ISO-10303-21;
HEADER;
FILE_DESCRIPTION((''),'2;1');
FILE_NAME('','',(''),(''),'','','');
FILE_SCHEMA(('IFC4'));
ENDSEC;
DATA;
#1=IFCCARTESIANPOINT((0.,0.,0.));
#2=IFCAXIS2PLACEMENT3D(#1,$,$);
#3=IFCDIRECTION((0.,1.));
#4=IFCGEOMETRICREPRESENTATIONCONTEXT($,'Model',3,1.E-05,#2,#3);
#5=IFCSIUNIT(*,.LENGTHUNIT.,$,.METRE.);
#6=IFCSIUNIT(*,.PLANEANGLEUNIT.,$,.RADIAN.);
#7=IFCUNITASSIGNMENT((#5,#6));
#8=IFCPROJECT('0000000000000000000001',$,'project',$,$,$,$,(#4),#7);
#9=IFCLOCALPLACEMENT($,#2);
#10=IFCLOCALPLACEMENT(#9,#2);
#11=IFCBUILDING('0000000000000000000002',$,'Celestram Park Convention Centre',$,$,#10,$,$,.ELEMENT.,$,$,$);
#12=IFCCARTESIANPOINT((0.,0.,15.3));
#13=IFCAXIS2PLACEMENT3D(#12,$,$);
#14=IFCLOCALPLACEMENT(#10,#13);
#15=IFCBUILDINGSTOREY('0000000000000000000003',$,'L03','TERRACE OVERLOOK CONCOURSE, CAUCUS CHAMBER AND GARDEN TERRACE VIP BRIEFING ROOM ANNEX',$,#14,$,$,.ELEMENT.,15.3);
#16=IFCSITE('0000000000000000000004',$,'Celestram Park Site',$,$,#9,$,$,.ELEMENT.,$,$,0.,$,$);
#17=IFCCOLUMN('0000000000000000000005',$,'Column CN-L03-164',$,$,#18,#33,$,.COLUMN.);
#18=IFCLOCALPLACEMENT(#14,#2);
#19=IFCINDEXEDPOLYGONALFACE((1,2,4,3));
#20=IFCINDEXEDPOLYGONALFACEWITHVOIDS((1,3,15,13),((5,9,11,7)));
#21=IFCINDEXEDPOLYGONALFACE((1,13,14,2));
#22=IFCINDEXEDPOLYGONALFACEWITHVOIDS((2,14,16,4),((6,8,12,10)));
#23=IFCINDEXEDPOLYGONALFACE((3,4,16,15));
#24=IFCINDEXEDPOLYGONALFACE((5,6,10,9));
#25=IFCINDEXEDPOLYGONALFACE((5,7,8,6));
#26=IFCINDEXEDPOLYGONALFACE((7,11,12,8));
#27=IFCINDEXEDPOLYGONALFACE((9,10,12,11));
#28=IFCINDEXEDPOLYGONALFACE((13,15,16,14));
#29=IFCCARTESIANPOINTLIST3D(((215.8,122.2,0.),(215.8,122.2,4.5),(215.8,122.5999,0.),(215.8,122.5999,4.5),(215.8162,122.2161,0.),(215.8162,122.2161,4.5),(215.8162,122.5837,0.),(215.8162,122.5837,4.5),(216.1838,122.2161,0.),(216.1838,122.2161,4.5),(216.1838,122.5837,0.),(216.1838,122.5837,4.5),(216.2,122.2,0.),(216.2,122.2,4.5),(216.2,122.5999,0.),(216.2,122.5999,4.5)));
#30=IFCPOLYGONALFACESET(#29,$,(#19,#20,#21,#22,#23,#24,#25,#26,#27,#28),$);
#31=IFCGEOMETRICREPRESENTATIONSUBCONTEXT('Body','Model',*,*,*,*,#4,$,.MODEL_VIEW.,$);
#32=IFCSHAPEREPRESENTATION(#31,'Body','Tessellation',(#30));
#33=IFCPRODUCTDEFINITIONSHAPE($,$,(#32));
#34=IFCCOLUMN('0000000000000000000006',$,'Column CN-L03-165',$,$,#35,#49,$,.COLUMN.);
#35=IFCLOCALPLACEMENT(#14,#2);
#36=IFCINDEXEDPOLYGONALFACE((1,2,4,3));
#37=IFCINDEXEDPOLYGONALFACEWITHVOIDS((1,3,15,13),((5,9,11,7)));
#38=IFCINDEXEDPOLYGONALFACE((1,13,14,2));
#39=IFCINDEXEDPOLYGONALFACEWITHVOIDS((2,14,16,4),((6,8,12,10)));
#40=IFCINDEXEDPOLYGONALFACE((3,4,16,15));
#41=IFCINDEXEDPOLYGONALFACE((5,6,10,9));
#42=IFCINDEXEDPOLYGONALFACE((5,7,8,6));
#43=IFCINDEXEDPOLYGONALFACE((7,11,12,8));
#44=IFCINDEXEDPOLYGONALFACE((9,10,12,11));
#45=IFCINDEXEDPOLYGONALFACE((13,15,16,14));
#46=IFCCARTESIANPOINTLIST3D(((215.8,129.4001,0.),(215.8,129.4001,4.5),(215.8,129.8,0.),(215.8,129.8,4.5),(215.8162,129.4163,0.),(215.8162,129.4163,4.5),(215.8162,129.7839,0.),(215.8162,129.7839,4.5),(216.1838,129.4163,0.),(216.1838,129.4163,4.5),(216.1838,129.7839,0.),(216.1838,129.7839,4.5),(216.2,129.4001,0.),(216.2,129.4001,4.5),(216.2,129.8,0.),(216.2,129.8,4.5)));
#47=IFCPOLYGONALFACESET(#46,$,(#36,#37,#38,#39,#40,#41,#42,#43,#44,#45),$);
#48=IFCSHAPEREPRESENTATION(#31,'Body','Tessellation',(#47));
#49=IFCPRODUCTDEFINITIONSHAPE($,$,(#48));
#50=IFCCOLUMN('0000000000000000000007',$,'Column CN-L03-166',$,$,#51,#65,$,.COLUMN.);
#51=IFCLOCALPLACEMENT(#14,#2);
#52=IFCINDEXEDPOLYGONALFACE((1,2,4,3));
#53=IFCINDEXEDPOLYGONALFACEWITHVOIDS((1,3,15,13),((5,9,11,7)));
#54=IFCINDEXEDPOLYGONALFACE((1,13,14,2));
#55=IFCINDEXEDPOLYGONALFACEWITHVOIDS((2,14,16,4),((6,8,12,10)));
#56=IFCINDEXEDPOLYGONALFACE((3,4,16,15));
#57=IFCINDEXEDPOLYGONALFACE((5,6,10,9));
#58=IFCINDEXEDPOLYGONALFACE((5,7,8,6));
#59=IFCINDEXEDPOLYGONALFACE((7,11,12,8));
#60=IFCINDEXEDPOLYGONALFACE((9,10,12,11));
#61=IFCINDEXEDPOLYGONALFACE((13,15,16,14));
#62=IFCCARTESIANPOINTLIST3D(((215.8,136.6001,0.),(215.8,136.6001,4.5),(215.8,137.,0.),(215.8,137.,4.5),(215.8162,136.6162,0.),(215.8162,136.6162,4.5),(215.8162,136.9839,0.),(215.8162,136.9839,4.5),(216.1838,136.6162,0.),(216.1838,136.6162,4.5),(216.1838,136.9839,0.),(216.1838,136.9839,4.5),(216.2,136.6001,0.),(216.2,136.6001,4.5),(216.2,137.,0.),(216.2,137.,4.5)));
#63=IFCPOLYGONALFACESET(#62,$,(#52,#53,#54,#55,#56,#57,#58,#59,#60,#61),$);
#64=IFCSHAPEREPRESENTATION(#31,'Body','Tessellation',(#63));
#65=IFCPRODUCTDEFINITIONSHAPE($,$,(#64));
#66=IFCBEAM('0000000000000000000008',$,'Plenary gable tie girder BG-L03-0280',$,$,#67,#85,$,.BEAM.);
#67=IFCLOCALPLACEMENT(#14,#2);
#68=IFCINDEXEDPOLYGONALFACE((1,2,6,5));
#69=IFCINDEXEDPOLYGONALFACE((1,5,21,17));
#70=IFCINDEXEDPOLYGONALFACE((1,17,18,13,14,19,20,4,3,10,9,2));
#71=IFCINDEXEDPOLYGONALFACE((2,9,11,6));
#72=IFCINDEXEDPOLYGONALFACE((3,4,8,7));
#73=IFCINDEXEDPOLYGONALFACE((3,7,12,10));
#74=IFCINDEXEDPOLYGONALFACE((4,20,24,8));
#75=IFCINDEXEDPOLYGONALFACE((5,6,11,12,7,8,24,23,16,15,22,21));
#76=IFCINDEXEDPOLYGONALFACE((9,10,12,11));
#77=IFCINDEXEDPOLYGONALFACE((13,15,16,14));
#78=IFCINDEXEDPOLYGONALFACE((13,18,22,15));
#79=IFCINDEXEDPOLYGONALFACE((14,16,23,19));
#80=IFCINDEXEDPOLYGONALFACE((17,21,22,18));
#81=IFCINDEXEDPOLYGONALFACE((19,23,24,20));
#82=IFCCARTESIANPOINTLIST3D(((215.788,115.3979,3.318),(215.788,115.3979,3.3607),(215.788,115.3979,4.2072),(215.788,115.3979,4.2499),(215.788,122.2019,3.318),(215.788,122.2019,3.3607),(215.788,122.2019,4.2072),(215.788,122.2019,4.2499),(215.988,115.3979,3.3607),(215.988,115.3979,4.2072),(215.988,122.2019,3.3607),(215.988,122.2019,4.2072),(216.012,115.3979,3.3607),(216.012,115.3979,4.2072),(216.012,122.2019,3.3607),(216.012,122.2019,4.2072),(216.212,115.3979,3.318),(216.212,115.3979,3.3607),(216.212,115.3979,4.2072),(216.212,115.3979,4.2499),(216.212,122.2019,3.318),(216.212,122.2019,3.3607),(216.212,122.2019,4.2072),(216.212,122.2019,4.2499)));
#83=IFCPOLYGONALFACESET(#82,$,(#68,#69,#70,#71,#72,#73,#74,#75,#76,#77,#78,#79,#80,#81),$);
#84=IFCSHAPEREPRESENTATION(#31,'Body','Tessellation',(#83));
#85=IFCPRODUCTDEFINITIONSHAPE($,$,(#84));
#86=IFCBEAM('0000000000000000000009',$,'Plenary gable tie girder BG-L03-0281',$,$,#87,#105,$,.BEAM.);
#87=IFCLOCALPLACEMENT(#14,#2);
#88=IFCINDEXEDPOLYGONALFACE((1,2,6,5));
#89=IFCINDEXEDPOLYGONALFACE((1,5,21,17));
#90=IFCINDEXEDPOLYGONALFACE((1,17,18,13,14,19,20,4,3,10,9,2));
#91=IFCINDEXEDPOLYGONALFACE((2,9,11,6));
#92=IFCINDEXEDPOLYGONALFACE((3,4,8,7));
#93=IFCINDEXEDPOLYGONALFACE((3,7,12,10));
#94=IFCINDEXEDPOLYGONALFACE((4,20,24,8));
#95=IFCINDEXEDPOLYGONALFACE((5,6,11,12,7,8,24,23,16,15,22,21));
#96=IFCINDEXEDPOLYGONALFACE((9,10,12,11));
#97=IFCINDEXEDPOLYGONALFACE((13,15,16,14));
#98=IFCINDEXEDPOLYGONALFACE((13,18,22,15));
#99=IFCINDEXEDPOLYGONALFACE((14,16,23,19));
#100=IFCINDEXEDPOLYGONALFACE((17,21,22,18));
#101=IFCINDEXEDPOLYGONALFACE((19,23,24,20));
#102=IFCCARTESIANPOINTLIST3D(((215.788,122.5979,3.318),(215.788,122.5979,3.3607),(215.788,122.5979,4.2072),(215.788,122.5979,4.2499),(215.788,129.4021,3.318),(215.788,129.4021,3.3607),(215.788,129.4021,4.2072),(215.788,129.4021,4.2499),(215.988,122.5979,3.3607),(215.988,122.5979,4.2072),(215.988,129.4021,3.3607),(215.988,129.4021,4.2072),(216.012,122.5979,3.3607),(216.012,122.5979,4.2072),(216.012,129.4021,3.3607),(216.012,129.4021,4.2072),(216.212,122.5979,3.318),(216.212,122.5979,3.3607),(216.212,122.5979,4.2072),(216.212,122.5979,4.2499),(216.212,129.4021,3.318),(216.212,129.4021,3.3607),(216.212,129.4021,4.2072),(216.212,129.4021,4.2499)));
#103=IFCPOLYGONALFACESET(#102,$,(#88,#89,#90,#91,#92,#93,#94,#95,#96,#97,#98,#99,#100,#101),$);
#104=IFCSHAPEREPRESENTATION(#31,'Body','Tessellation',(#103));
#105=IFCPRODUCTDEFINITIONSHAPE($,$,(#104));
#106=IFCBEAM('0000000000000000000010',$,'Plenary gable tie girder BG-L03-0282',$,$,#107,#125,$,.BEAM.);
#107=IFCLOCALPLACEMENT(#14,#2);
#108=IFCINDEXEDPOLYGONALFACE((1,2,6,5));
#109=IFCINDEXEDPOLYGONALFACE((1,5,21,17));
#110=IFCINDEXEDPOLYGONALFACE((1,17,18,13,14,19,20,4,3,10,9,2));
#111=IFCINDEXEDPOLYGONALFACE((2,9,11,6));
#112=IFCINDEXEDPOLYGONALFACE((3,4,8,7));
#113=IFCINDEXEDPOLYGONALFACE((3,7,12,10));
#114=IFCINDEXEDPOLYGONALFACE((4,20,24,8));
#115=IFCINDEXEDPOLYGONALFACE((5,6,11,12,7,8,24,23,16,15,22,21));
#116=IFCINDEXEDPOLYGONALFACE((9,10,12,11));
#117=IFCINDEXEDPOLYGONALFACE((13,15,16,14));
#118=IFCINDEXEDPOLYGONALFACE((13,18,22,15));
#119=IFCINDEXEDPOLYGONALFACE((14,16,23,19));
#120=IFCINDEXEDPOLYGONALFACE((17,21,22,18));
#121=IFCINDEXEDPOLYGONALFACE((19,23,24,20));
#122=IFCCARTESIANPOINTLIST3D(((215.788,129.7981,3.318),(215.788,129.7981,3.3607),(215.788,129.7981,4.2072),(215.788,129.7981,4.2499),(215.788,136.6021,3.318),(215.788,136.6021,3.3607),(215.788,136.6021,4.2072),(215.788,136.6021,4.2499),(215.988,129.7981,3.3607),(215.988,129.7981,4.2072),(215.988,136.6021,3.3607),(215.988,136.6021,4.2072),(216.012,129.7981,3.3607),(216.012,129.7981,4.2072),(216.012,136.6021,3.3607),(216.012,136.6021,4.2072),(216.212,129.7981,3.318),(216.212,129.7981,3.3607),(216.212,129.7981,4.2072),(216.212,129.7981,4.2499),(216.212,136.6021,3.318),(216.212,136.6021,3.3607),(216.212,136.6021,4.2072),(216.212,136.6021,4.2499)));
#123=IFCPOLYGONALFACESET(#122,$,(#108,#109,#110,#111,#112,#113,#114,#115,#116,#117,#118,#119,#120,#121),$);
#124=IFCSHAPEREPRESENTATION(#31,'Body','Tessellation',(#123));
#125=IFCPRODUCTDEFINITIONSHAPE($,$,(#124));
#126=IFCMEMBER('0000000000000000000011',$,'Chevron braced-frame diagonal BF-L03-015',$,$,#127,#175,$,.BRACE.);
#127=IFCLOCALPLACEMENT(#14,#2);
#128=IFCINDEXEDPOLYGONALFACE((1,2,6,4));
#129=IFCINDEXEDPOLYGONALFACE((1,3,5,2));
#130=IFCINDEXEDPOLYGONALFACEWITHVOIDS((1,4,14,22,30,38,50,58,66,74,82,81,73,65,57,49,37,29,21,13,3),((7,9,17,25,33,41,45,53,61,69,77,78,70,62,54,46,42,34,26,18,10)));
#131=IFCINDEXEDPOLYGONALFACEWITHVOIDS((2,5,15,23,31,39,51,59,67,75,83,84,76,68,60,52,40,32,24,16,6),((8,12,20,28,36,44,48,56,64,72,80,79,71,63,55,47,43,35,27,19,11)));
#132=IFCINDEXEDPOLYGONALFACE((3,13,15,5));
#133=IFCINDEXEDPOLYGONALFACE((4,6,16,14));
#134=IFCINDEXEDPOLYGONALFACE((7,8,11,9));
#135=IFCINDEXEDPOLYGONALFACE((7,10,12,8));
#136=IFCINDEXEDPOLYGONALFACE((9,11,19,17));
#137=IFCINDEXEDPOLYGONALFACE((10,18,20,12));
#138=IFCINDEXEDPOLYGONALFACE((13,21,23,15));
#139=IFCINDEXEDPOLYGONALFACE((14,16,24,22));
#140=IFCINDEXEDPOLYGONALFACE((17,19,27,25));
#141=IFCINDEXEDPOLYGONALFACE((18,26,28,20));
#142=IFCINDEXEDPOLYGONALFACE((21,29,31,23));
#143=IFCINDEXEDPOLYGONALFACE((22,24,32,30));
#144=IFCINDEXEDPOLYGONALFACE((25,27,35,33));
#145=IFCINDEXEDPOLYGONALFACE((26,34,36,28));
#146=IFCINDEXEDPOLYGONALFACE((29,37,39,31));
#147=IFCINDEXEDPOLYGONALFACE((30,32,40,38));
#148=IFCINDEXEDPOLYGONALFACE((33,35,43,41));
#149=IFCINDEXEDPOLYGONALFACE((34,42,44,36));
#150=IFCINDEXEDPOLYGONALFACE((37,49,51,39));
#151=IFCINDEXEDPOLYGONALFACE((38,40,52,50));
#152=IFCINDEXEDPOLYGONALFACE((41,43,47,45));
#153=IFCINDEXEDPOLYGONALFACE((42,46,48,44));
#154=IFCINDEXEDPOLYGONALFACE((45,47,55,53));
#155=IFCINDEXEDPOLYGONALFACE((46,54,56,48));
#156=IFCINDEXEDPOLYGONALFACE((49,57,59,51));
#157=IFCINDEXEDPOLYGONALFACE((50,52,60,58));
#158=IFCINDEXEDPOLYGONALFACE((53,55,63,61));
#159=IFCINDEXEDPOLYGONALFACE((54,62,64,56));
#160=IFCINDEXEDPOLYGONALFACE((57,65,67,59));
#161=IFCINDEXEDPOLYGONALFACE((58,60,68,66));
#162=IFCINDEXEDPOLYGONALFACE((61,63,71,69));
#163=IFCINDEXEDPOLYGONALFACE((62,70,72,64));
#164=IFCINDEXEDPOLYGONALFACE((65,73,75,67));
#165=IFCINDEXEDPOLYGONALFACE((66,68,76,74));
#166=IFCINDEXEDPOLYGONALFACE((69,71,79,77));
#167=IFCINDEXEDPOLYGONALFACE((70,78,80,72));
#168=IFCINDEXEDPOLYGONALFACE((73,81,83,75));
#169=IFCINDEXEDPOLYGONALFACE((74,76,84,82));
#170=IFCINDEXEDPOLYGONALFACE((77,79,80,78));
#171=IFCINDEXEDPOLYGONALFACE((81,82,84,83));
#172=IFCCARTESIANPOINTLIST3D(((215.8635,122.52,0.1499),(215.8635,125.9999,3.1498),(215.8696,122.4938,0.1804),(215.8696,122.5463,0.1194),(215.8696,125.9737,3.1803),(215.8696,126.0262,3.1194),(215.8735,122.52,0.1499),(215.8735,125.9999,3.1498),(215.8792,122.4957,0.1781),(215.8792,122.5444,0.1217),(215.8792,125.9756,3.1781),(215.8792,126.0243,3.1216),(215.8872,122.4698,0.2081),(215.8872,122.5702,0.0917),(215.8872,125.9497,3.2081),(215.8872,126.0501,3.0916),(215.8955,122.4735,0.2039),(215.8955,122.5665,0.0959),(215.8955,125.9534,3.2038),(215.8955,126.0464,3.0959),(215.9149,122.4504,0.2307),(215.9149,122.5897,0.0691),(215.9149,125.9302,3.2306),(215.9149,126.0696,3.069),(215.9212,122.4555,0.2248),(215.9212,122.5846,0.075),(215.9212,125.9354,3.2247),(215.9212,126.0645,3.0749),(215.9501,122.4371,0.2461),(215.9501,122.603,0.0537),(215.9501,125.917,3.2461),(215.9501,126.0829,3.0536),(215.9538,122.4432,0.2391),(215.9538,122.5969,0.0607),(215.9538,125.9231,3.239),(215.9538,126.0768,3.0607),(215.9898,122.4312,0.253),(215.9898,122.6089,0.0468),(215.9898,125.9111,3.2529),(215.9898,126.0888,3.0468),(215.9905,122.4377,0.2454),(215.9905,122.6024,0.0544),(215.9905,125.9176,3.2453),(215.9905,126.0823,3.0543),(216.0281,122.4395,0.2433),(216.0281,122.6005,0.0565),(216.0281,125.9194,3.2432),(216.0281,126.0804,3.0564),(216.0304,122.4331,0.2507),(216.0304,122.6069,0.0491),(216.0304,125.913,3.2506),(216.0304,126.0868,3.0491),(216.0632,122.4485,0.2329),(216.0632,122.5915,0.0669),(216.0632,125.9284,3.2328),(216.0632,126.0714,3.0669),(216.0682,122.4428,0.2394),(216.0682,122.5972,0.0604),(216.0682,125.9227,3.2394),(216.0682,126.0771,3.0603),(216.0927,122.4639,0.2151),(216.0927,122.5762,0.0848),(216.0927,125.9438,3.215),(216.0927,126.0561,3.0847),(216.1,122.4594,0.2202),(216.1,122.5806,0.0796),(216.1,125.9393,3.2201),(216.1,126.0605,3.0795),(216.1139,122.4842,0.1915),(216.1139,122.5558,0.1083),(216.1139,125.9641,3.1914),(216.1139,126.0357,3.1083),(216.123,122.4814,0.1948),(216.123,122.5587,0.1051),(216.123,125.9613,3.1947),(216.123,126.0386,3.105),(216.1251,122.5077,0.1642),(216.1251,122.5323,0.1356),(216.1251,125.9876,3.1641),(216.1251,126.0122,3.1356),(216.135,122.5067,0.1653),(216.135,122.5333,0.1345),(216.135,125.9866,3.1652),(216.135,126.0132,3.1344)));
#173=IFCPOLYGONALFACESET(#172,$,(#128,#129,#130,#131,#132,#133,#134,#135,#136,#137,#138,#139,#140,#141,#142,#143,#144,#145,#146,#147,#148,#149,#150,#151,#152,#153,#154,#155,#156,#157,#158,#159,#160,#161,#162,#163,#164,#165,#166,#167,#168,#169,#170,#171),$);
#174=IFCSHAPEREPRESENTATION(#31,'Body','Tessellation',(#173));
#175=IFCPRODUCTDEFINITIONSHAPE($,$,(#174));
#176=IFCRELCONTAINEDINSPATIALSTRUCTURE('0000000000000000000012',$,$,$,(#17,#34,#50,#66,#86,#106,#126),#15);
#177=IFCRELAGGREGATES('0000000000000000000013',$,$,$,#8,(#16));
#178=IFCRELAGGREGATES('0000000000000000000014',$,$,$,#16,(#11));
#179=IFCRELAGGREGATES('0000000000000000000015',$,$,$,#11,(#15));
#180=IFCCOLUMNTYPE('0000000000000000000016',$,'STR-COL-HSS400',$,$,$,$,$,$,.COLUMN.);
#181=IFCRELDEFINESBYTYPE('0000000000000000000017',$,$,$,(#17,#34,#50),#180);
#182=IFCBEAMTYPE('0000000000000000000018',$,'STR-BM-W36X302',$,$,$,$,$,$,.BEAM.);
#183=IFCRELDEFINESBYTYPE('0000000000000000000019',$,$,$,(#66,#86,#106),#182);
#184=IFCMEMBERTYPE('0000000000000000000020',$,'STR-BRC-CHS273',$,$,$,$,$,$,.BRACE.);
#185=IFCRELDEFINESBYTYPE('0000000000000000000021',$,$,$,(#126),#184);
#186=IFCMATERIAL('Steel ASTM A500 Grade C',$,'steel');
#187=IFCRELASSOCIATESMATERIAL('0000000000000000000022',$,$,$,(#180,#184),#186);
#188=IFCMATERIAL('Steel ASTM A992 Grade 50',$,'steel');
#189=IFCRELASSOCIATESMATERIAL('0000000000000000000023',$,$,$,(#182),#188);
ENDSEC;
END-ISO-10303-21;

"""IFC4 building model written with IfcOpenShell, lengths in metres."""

from ifc_helpers import new_model, si_unit, direction, frame, origin, origin_2d, place, context, subcontext, project, spatial, hollow_rectangle, hollow_circle, i_section, extrude, material, material_profile, profile_set, type_object, element, save


model = new_model("IFC4")

# Units and contexts
model_context = context("Model", 3, precision=1e-05, world=origin(), true_north=direction((0.0, 1.0)))
body_context = subcontext(model_context, "Body", "Model", "MODEL_VIEW")
ifc_project = project(units=[si_unit("LENGTHUNIT", "METRE"), si_unit("PLANEANGLEUNIT", "RADIAN")], contexts=[model_context])

# Site, building, storey
site_placement = place(None, origin())
site = spatial("IfcSite", under=ifc_project, at=site_placement, Name="Celestram Park Site", CompositionType="ELEMENT", RefElevation=0.0)
building_placement = place(site_placement, origin())
building = spatial("IfcBuilding", under=site, at=building_placement, Name="Celestram Park Convention Centre", CompositionType="ELEMENT")
storey_placement = place(building_placement, frame((0.0, 0.0, 15.3)))
storey = spatial("IfcBuildingStorey", under=building, at=storey_placement, Name="L03", Description="TERRACE OVERLOOK CONCOURSE, CAUCUS CHAMBER AND GARDEN TERRACE VIP BRIEFING ROOM ANNEX", CompositionType="ELEMENT", Elevation=15.3)

# Columns
ifc_material_1 = material(Name="Steel ASTM A500 Grade C", Category="steel")
ifc_material_profile_1 = material_profile(ifc_material_1, hollow_rectangle(XDim=0.3999, YDim=0.3999, WallThickness=0.0161, at=origin_2d()), Name="HSS400X400X16")
ifc_profile_set_1 = profile_set([ifc_material_profile_1], Name="Steel ASTM A500 Grade C")
column_type = type_object("IfcColumnType", Name="STR-COL-HSS400", PredefinedType="COLUMN", material=ifc_profile_set_1)
for number, where, z_axis, x_axis, name in (
    (1, (216.0, 122.3999, 0.0), (0.0, 0.0, 1.0), (1.0, 0.0, 0.0), "Column CN-L03-164"),
    (2, (216.0, 129.6001, 0.0), (0.0, 0.0, 1.0), (1.0, 0.0, 0.0), "Column CN-L03-165"),
    (3, (216.0, 136.8, 0.0), (0.0, 0.0, 1.0), (1.0, 0.0, 0.0), "Column CN-L03-166"),
):
    element("IfcColumn", number, at=place(storey_placement, frame(where, z_axis=z_axis, x_axis=x_axis)), inside=storey, type_object=column_type, Name=name, PredefinedType="COLUMN", context=body_context, shape_type="SweptSolid", body=[
        extrude(hollow_rectangle(XDim=0.3999, YDim=0.3999, WallThickness=0.0161, at=origin_2d()), origin(), (0.0, 0.0, 1.0), 4.5),
    ])

# Beams
ifc_material_2 = material(Name="Steel ASTM A992 Grade 50", Category="steel")
ifc_material_profile_2 = material_profile(ifc_material_2, i_section(OverallWidth=0.4241, OverallDepth=0.9319, WebThickness=0.0239, FlangeThickness=0.0427, at=origin_2d()), Name="W36X302")
ifc_profile_set_2 = profile_set([ifc_material_profile_2], Name="Steel ASTM A992 Grade 50")
beam_type_1 = type_object("IfcBeamType", Name="STR-BM-W36X302", PredefinedType="BEAM", material=ifc_profile_set_2)
beam_1_placement = place(storey_placement, frame((216.0, 115.3979, 3.7839), z_axis=(0.0, 1.0, 0.0), x_axis=(-1.0, 0.0, 0.0)))
element("IfcBeam", 4, at=beam_1_placement, inside=storey, type_object=beam_type_1, Name="Plenary gable tie girder BG-L03-0280", PredefinedType="BEAM", context=body_context, shape_type="SweptSolid", body=[
    extrude(i_section(OverallWidth=0.4241, OverallDepth=0.9319, WebThickness=0.0239, FlangeThickness=0.0427, at=origin_2d()), origin(), (0.0, 0.0, 1.0), 6.804),
])
beam_2_placement = place(storey_placement, frame((216.0, 122.5979, 3.7839), z_axis=(0.0, 1.0, 0.0), x_axis=(-1.0, 0.0, 0.0)))
element("IfcBeam", 5, at=beam_2_placement, inside=storey, type_object=beam_type_1, Name="Plenary gable tie girder BG-L03-0281", PredefinedType="BEAM", context=body_context, shape_type="SweptSolid", body=[
    extrude(i_section(OverallWidth=0.4241, OverallDepth=0.9319, WebThickness=0.0239, FlangeThickness=0.0427, at=origin_2d()), origin(), (0.0, 0.0, 1.0), 6.8042),
])
beam_3_placement = place(storey_placement, frame((216.0, 129.7981, 3.7839), z_axis=(0.0, 1.0, 0.0), x_axis=(-1.0, 0.0, 0.0)))
element("IfcBeam", 6, at=beam_3_placement, inside=storey, type_object=beam_type_1, Name="Plenary gable tie girder BG-L03-0282", PredefinedType="BEAM", context=body_context, shape_type="SweptSolid", body=[
    extrude(i_section(OverallWidth=0.4241, OverallDepth=0.9319, WebThickness=0.0239, FlangeThickness=0.0427, at=origin_2d()), origin(), (0.0, 0.0, 1.0), 6.804),
])

# Member
ifc_material_profile_3 = material_profile(ifc_material_1, hollow_circle(Radius=0.1365, WallThickness=0.01, at=origin_2d()), Name="CHS273X10")
ifc_profile_set_3 = profile_set([ifc_material_profile_3], Name="Steel ASTM A500 Grade C")
member_type = type_object("IfcMemberType", Name="STR-BRC-CHS273", PredefinedType="BRACE", material=ifc_profile_set_3)
for number, where, z_axis, x_axis, name in (
    (7, (216.0, 122.52, 0.1499), (0.0, 0.757408, 0.652942), (-1.0, 0.0, 0.0), "Chevron braced-frame diagonal BF-L03-015"),
):
    element("IfcMember", number, at=place(storey_placement, frame(where, z_axis=z_axis, x_axis=x_axis)), inside=storey, type_object=member_type, Name=name, PredefinedType="BRACE", context=body_context, shape_type="SweptSolid", body=[
        extrude(hollow_circle(Radius=0.1365, WallThickness=0.01, at=origin_2d()), origin(), (0.0, 0.0, 1.0), 4.5945),
    ])

save(model, "model.ifc")
